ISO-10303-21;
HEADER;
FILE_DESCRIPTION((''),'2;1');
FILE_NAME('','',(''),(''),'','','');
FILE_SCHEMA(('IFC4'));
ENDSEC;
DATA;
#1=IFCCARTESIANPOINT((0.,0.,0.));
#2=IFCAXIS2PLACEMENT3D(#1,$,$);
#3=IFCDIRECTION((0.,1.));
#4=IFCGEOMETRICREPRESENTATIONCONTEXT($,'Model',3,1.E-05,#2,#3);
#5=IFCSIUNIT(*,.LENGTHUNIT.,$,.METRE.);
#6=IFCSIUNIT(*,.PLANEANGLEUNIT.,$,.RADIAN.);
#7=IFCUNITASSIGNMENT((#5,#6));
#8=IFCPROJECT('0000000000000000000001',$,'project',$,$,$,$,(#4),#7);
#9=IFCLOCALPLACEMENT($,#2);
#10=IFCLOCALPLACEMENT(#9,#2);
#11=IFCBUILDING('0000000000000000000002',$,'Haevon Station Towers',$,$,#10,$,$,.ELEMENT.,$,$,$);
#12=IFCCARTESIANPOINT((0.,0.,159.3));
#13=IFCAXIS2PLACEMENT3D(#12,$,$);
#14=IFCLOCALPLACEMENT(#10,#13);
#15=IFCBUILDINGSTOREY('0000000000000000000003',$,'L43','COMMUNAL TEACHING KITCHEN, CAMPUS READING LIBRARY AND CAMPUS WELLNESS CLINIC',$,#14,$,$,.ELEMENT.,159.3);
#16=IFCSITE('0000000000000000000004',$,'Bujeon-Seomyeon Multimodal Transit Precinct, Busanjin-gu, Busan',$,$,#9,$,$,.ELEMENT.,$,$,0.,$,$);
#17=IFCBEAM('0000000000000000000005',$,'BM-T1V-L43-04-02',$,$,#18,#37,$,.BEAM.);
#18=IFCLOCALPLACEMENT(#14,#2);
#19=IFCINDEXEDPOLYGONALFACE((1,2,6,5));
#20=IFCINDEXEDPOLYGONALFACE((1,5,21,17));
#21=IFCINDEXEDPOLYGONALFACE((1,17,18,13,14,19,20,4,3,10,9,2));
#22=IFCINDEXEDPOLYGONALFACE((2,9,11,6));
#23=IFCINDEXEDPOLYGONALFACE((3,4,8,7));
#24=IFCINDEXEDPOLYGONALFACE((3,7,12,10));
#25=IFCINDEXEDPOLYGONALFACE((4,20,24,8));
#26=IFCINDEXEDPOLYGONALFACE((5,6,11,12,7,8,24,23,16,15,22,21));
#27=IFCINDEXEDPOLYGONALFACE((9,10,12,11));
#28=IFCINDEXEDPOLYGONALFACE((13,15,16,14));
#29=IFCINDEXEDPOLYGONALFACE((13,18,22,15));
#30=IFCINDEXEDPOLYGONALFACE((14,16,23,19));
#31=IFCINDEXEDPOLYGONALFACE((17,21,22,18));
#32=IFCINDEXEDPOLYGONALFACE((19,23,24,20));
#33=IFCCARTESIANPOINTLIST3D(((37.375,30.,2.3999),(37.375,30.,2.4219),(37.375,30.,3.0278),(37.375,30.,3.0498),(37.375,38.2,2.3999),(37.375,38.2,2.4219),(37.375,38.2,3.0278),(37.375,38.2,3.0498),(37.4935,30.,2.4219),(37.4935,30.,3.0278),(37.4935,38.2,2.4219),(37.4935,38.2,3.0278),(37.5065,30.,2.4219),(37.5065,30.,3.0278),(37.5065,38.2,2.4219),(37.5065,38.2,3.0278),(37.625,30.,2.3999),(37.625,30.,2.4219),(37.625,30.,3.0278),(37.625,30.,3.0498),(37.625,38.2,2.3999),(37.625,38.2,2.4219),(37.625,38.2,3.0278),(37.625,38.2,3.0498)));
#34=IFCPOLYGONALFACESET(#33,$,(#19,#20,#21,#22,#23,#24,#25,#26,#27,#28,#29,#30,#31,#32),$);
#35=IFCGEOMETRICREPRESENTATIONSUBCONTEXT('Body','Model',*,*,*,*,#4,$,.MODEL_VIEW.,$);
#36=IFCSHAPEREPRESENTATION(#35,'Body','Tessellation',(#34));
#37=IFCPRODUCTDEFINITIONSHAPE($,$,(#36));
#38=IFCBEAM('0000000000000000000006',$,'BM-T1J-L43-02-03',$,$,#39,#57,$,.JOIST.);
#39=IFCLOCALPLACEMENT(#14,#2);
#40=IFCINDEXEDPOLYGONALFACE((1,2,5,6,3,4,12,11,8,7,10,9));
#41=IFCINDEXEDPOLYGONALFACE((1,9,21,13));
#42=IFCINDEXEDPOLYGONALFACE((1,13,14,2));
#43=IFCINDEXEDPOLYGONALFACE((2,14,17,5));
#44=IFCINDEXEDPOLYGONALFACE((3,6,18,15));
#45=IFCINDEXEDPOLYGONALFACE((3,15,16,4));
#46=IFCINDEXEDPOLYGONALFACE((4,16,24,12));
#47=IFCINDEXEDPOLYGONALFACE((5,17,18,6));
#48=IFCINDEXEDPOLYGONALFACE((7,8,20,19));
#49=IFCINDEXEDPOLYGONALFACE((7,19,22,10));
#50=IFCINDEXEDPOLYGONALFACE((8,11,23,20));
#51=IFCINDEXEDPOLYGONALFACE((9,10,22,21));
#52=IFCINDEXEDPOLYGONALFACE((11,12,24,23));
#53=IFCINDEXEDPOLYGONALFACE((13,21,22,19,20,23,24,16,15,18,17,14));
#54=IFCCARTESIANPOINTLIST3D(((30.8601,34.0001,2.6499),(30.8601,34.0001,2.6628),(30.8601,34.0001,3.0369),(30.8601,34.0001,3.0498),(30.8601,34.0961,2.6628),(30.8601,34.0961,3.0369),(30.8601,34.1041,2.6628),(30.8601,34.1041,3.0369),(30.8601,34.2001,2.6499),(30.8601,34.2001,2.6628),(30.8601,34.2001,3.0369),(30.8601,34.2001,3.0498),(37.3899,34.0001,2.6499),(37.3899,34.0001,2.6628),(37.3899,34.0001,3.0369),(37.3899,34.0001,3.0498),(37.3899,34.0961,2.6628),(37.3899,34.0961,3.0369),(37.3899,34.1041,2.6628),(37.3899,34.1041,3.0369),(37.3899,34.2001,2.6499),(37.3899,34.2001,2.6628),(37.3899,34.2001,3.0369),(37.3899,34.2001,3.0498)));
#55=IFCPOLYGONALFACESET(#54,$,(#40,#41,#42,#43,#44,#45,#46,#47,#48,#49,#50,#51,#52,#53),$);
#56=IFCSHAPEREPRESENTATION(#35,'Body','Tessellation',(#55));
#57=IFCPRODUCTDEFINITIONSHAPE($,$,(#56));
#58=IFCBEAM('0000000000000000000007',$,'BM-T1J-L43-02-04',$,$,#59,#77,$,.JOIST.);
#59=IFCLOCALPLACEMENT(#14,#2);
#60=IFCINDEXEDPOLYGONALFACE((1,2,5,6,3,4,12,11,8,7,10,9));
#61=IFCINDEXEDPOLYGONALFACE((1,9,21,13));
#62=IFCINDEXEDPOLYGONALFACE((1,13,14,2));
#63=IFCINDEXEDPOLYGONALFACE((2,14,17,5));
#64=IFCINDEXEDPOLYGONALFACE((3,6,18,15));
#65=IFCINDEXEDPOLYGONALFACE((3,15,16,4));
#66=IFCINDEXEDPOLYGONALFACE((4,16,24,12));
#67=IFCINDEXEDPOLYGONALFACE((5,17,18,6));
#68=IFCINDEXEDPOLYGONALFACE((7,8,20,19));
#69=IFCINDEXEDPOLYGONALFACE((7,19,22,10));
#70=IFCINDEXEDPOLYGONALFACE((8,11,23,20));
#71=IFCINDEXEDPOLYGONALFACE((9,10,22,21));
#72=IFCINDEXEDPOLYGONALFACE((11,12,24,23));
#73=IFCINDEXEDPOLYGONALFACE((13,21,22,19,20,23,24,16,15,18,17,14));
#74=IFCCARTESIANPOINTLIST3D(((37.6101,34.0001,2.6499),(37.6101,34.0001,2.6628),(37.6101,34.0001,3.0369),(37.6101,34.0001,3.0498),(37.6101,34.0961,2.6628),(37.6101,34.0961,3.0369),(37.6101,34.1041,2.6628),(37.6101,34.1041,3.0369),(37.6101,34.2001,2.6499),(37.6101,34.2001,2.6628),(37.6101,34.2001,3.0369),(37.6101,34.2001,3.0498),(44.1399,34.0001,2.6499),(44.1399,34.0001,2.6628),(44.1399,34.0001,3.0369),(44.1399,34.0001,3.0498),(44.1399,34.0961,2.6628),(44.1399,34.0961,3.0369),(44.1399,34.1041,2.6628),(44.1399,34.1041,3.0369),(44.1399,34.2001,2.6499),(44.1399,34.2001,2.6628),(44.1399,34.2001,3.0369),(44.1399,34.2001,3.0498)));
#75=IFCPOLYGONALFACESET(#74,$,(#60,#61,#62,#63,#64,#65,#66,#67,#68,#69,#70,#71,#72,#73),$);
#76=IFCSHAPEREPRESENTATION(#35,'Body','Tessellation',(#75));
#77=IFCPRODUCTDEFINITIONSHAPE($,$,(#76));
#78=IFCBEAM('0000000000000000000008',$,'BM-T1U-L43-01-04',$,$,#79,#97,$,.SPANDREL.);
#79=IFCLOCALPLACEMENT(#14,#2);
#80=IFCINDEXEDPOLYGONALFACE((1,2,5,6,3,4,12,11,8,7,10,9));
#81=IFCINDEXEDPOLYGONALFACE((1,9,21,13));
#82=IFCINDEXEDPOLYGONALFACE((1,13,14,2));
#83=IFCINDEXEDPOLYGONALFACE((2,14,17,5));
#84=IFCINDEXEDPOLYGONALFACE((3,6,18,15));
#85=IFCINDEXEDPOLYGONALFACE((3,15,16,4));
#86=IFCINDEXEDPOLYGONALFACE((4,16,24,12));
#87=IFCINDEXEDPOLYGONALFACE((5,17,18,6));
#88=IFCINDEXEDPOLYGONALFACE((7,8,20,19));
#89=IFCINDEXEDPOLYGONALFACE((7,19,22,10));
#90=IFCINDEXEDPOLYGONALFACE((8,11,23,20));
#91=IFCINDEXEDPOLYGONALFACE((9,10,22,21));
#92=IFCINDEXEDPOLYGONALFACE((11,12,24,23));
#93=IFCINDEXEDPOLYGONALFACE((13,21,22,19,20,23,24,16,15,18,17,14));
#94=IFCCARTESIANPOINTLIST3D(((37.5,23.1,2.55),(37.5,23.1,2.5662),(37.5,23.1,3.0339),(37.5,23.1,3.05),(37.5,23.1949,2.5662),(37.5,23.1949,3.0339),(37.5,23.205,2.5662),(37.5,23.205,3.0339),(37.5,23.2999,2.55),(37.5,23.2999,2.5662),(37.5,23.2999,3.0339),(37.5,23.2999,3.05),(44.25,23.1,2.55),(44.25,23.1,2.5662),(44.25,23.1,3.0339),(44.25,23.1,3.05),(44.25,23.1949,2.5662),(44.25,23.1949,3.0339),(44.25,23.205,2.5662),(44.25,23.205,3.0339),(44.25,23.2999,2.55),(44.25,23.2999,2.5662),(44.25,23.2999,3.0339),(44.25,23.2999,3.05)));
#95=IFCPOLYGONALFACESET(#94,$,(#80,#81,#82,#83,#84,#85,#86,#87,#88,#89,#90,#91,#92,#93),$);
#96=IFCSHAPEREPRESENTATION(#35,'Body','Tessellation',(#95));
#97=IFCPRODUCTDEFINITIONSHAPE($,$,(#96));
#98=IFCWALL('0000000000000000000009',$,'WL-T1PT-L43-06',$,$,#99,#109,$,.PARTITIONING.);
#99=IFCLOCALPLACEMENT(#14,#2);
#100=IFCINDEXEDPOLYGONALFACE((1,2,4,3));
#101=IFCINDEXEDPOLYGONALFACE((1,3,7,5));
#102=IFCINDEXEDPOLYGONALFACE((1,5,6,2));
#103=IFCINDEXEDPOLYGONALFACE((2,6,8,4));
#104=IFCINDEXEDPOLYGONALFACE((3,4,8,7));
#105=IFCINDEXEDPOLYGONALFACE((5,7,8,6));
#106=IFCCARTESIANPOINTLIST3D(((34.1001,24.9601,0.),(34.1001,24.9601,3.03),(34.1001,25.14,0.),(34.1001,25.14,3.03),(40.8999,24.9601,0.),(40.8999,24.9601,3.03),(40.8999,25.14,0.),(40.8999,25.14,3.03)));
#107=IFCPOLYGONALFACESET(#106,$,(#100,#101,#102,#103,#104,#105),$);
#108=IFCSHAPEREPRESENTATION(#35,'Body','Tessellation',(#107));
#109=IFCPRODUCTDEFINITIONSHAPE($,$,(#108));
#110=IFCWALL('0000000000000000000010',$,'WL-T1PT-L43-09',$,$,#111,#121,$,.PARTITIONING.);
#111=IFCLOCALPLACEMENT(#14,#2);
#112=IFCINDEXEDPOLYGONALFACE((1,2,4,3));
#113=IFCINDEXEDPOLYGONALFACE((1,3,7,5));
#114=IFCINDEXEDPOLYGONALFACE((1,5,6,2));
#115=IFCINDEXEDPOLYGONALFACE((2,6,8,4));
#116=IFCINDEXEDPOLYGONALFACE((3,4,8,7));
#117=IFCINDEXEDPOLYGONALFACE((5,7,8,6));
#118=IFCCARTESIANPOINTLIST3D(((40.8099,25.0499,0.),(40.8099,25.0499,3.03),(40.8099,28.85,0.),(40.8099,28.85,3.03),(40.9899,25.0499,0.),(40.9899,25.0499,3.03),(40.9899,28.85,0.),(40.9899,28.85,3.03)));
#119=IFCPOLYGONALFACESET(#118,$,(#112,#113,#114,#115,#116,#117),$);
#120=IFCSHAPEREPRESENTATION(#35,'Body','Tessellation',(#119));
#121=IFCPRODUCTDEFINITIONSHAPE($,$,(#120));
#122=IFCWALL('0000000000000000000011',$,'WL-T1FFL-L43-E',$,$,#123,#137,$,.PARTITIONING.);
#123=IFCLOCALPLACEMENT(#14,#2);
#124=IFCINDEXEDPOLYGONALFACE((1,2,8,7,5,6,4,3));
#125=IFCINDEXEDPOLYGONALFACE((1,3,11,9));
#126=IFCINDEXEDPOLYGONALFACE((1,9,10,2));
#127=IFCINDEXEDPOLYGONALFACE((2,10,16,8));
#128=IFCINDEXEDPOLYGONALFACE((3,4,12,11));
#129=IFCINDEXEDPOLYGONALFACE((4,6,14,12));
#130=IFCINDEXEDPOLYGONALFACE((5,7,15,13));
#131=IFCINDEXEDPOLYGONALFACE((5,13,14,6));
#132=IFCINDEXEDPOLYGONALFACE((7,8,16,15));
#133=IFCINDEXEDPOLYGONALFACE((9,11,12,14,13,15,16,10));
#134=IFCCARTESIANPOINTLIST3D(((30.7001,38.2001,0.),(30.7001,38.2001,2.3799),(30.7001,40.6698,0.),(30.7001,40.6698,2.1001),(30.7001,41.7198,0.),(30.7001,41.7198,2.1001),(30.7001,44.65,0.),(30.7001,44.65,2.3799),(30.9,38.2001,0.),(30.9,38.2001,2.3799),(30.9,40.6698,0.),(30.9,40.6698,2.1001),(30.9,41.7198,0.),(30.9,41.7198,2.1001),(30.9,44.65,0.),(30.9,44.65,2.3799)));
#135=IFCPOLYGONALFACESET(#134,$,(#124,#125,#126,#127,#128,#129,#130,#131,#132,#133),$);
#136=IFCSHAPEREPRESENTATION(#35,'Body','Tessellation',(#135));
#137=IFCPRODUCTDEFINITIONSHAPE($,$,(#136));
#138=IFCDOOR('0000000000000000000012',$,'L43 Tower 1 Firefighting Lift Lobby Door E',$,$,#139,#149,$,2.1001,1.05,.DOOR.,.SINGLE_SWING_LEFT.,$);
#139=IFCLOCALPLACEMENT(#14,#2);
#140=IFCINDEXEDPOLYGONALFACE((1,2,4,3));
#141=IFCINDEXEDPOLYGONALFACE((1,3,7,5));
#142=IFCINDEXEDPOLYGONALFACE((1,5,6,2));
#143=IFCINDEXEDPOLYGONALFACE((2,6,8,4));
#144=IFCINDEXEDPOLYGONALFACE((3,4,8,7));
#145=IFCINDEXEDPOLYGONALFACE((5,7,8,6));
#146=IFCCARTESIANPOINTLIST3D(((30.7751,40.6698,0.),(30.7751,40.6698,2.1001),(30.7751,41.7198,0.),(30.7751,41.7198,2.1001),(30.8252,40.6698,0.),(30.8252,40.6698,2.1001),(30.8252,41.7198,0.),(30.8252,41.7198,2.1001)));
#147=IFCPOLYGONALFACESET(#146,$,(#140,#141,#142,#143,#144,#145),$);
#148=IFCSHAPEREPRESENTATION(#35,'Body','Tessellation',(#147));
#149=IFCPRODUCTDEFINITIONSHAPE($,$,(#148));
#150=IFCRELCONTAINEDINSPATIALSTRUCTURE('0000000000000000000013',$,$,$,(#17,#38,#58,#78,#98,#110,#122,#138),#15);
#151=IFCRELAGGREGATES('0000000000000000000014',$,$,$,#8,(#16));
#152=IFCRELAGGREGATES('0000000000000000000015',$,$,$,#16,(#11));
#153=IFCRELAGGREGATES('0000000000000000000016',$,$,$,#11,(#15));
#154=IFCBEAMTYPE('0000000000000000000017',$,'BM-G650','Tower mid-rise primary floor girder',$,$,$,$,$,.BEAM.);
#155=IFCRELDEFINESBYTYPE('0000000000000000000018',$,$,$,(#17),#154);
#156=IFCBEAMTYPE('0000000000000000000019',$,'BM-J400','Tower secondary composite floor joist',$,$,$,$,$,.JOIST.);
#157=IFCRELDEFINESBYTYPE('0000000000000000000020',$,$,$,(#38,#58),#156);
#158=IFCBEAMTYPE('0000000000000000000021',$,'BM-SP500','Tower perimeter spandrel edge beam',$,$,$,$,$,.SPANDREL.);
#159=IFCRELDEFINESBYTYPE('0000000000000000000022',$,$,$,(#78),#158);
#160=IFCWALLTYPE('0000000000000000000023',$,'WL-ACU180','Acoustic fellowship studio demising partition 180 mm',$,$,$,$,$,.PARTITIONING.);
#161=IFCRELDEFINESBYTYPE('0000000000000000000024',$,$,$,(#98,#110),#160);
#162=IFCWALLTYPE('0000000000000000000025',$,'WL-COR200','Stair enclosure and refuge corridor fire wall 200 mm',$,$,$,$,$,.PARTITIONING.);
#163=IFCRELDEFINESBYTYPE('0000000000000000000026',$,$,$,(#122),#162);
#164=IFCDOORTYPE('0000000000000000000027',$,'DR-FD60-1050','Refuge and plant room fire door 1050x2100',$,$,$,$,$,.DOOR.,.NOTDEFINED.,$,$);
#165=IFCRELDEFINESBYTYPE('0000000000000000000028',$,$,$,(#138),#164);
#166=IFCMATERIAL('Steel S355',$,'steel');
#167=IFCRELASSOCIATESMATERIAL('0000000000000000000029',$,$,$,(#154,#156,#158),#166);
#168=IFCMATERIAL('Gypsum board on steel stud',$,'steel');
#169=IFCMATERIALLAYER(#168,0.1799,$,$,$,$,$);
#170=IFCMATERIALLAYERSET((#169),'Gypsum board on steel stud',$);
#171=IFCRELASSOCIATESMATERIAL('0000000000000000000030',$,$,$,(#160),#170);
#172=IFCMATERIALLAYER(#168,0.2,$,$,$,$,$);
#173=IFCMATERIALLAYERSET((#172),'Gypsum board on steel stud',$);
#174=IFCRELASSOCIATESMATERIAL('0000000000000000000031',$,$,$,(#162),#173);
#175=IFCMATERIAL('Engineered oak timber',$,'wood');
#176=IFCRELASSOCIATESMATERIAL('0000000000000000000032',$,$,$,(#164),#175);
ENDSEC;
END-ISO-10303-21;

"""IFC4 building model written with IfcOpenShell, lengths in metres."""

from ifc_helpers import new_model, si_unit, direction, frame, frame_2d, origin, origin_2d, place, context, subcontext, project, spatial, rectangle, i_section, extrude, material, layer, layer_set, material_profile, profile_set, type_object, element, fill, save


model = new_model("IFC4")

# Units and contexts
model_context = context("Model", 3, precision=1e-05, world=origin(), true_north=direction((0.0, 1.0)))
body_context = subcontext(model_context, "Body", "Model", "MODEL_VIEW")
ifc_project = project(units=[si_unit("LENGTHUNIT", "METRE"), si_unit("PLANEANGLEUNIT", "RADIAN")], contexts=[model_context])

# Site, building, storey
site_placement = place(None, origin())
site = spatial("IfcSite", under=ifc_project, at=site_placement, Name="Bujeon-Seomyeon Multimodal Transit Precinct, Busanjin-gu, Busan", CompositionType="ELEMENT", RefElevation=0.0)
building_placement = place(site_placement, origin())
building = spatial("IfcBuilding", under=site, at=building_placement, Name="Haevon Station Towers", CompositionType="ELEMENT")
storey_placement = place(building_placement, frame((0.0, 0.0, 159.3)))
storey = spatial("IfcBuildingStorey", under=building, at=storey_placement, Name="L43", Description="COMMUNAL TEACHING KITCHEN, CAMPUS READING LIBRARY AND CAMPUS WELLNESS CLINIC", CompositionType="ELEMENT", Elevation=159.3)

# Shared definitions
ifc_material_1 = material(Name="Steel S355", Category="steel")

# Beams
ifc_material_profile_1 = material_profile(ifc_material_1, i_section(OverallWidth=0.25, OverallDepth=0.6499, WebThickness=0.0129, FlangeThickness=0.022, at=origin_2d()), Name="H-650x250x13x22")
ifc_profile_set_1 = profile_set([ifc_material_profile_1], Name="Steel S355")
beam_type_1 = type_object("IfcBeamType", Name="BM-G650", Description="Tower mid-rise primary floor girder", PredefinedType="BEAM", material=ifc_profile_set_1)
beam_1_placement = place(storey_placement, frame((37.5, 30.0, 2.7249), z_axis=(0.0, 1.0, 0.0), x_axis=(-1.0, 0.0, 0.0)))
element("IfcBeam", 1, at=beam_1_placement, inside=storey, type_object=beam_type_1, Name="BM-T1V-L43-04-02", PredefinedType="BEAM", context=body_context, shape_type="SweptSolid", body=[
    extrude(i_section(OverallWidth=0.25, OverallDepth=0.6499, WebThickness=0.0129, FlangeThickness=0.022, at=origin_2d()), origin(), (0.0, 0.0, 1.0), 8.2),
])
ifc_material_profile_2 = material_profile(ifc_material_1, i_section(OverallWidth=0.2, OverallDepth=0.3999, WebThickness=0.0081, FlangeThickness=0.0129, at=origin_2d()), Name="H-400x200x8x13")
ifc_profile_set_2 = profile_set([ifc_material_profile_2], Name="Steel S355")
beam_type_2 = type_object("IfcBeamType", Name="BM-J400", Description="Tower secondary composite floor joist", PredefinedType="JOIST", material=ifc_profile_set_2)
for number, where, z_axis, x_axis, name in (
    (2, (30.8601, 34.1001, 2.8499), (1.0, 0.0, 0.0), (0.0, 1.0, 0.0), "BM-T1J-L43-02-03"),
    (3, (37.6101, 34.1001, 2.8499), (1.0, 0.0, 0.0), (0.0, 1.0, 0.0), "BM-T1J-L43-02-04"),
):
    element("IfcBeam", number, at=place(storey_placement, frame(where, z_axis=z_axis, x_axis=x_axis)), inside=storey, type_object=beam_type_2, Name=name, PredefinedType="JOIST", context=body_context, shape_type="SweptSolid", body=[
        extrude(i_section(OverallWidth=0.2, OverallDepth=0.3999, WebThickness=0.0081, FlangeThickness=0.0129, at=origin_2d()), origin(), (0.0, 0.0, 1.0), 6.5298),
    ])
ifc_material_profile_3 = material_profile(ifc_material_1, i_section(OverallWidth=0.2, OverallDepth=0.5, WebThickness=0.01, FlangeThickness=0.0161, at=origin_2d()), Name="H-500x200x10x16")
ifc_profile_set_3 = profile_set([ifc_material_profile_3], Name="Steel S355")
beam_type_3 = type_object("IfcBeamType", Name="BM-SP500", Description="Tower perimeter spandrel edge beam", PredefinedType="SPANDREL", material=ifc_profile_set_3)
beam_2_placement = place(storey_placement, frame((37.5, 23.2, 2.8), z_axis=(1.0, 0.0, 0.0), x_axis=(0.0, 1.0, 0.0)))
element("IfcBeam", 4, at=beam_2_placement, inside=storey, type_object=beam_type_3, Name="BM-T1U-L43-01-04", PredefinedType="SPANDREL", context=body_context, shape_type="SweptSolid", body=[
    extrude(i_section(OverallWidth=0.2, OverallDepth=0.5, WebThickness=0.01, FlangeThickness=0.0161, at=origin_2d()), origin(), (0.0, 0.0, 1.0), 6.75),
])

# Walls
ifc_material_2 = material(Name="Gypsum board on steel stud", Category="steel")
ifc_layer_1 = layer(ifc_material_2, 0.1799)
ifc_layer_set_1 = layer_set([ifc_layer_1], Name="Gypsum board on steel stud")
wall_type_1 = type_object("IfcWallType", Name="WL-ACU180", Description="Acoustic fellowship studio demising partition 180 mm", PredefinedType="PARTITIONING", material=ifc_layer_set_1)
wall_1_placement = place(storey_placement, frame((34.1001, 25.05, 0.0), z_axis=(0.0, 0.0, 1.0), x_axis=(1.0, 0.0, 0.0)))
element("IfcWall", 5, at=wall_1_placement, inside=storey, type_object=wall_type_1, Name="WL-T1PT-L43-06", PredefinedType="PARTITIONING", context=body_context, shape_type="SweptSolid", body=[
    extrude(rectangle(XDim=6.7998, YDim=0.1799, at=frame_2d((3.3999, 0.0))), origin(), (0.0, 0.0, 1.0), 3.03),
])
wall_2_placement = place(storey_placement, frame((40.8999, 25.05, 0.0), z_axis=(0.0, 0.0, 1.0), x_axis=(0.0, 1.0, 0.0)))
element("IfcWall", 6, at=wall_2_placement, inside=storey, type_object=wall_type_1, Name="WL-T1PT-L43-09", PredefinedType="PARTITIONING", context=body_context, shape_type="SweptSolid", body=[
    extrude(rectangle(XDim=3.8, YDim=0.1799, at=frame_2d((1.8999, 0.0))), origin(), (0.0, 0.0, 1.0), 3.03),
])

# Wall, opening, door
ifc_layer_2 = layer(ifc_material_2, 0.2)
ifc_layer_set_2 = layer_set([ifc_layer_2], Name="Gypsum board on steel stud")
wall_type_2 = type_object("IfcWallType", Name="WL-COR200", Description="Stair enclosure and refuge corridor fire wall 200 mm", PredefinedType="PARTITIONING", material=ifc_layer_set_2)
wall_3_placement = place(storey_placement, frame((30.8, 38.2, 0.0), z_axis=(0.0, 0.0, 1.0), x_axis=(0.0, 1.0, 0.0)))
wall_3 = element("IfcWall", 7, at=wall_3_placement, inside=storey, type_object=wall_type_2, Name="WL-T1FFL-L43-E", PredefinedType="PARTITIONING", context=body_context, shape_type="SweptSolid", body=[
    extrude(rectangle(XDim=6.45, YDim=0.2, at=frame_2d((3.2251, 0.0))), origin(), (0.0, 0.0, 1.0), 2.3799),
])
opening_1_placement = place(wall_3_placement, frame((2.47, 0.0, 0.0)))
opening_1 = element("IfcOpeningElement", 8, at=opening_1_placement, cuts=wall_3, PredefinedType="OPENING", context=body_context, shape_type="SweptSolid", body=[
    extrude(rectangle(XDim=1.05, YDim=2.1001, at=frame_2d((0.5249, 1.05))), frame((0.0, 0.1099, 0.0), z_axis=(0.0, -1.0, 0.0), x_axis=(1.0, 0.0, 0.0)), (0.0, 0.0, 1.0), 0.22),
])
ifc_material_3 = material(Name="Engineered oak timber", Category="wood")
door_type_1 = type_object("IfcDoorType", Name="DR-FD60-1050", Description="Refuge and plant room fire door 1050x2100", OperationType="NOTDEFINED", PredefinedType="DOOR", material=ifc_material_3)
door_1_placement = place(opening_1_placement, origin())
door_1 = element("IfcDoor", 9, at=door_1_placement, inside=storey, type_object=door_type_1, Name="L43 Tower 1 Firefighting Lift Lobby Door E", OperationType="SINGLE_SWING_LEFT", OverallHeight=2.1001, OverallWidth=1.05, PredefinedType="DOOR", context=body_context, shape_type="SweptSolid", body=[
    extrude(rectangle(XDim=1.05, YDim=2.1001, at=frame_2d((0.5249, 1.05))), frame((0.0, 0.0249, 0.0), z_axis=(0.0, -1.0, 0.0), x_axis=(1.0, 0.0, 0.0)), (0.0, 0.0, 1.0), 0.05),
])
fill(opening_1, door_1)

save(model, "model.ifc")
